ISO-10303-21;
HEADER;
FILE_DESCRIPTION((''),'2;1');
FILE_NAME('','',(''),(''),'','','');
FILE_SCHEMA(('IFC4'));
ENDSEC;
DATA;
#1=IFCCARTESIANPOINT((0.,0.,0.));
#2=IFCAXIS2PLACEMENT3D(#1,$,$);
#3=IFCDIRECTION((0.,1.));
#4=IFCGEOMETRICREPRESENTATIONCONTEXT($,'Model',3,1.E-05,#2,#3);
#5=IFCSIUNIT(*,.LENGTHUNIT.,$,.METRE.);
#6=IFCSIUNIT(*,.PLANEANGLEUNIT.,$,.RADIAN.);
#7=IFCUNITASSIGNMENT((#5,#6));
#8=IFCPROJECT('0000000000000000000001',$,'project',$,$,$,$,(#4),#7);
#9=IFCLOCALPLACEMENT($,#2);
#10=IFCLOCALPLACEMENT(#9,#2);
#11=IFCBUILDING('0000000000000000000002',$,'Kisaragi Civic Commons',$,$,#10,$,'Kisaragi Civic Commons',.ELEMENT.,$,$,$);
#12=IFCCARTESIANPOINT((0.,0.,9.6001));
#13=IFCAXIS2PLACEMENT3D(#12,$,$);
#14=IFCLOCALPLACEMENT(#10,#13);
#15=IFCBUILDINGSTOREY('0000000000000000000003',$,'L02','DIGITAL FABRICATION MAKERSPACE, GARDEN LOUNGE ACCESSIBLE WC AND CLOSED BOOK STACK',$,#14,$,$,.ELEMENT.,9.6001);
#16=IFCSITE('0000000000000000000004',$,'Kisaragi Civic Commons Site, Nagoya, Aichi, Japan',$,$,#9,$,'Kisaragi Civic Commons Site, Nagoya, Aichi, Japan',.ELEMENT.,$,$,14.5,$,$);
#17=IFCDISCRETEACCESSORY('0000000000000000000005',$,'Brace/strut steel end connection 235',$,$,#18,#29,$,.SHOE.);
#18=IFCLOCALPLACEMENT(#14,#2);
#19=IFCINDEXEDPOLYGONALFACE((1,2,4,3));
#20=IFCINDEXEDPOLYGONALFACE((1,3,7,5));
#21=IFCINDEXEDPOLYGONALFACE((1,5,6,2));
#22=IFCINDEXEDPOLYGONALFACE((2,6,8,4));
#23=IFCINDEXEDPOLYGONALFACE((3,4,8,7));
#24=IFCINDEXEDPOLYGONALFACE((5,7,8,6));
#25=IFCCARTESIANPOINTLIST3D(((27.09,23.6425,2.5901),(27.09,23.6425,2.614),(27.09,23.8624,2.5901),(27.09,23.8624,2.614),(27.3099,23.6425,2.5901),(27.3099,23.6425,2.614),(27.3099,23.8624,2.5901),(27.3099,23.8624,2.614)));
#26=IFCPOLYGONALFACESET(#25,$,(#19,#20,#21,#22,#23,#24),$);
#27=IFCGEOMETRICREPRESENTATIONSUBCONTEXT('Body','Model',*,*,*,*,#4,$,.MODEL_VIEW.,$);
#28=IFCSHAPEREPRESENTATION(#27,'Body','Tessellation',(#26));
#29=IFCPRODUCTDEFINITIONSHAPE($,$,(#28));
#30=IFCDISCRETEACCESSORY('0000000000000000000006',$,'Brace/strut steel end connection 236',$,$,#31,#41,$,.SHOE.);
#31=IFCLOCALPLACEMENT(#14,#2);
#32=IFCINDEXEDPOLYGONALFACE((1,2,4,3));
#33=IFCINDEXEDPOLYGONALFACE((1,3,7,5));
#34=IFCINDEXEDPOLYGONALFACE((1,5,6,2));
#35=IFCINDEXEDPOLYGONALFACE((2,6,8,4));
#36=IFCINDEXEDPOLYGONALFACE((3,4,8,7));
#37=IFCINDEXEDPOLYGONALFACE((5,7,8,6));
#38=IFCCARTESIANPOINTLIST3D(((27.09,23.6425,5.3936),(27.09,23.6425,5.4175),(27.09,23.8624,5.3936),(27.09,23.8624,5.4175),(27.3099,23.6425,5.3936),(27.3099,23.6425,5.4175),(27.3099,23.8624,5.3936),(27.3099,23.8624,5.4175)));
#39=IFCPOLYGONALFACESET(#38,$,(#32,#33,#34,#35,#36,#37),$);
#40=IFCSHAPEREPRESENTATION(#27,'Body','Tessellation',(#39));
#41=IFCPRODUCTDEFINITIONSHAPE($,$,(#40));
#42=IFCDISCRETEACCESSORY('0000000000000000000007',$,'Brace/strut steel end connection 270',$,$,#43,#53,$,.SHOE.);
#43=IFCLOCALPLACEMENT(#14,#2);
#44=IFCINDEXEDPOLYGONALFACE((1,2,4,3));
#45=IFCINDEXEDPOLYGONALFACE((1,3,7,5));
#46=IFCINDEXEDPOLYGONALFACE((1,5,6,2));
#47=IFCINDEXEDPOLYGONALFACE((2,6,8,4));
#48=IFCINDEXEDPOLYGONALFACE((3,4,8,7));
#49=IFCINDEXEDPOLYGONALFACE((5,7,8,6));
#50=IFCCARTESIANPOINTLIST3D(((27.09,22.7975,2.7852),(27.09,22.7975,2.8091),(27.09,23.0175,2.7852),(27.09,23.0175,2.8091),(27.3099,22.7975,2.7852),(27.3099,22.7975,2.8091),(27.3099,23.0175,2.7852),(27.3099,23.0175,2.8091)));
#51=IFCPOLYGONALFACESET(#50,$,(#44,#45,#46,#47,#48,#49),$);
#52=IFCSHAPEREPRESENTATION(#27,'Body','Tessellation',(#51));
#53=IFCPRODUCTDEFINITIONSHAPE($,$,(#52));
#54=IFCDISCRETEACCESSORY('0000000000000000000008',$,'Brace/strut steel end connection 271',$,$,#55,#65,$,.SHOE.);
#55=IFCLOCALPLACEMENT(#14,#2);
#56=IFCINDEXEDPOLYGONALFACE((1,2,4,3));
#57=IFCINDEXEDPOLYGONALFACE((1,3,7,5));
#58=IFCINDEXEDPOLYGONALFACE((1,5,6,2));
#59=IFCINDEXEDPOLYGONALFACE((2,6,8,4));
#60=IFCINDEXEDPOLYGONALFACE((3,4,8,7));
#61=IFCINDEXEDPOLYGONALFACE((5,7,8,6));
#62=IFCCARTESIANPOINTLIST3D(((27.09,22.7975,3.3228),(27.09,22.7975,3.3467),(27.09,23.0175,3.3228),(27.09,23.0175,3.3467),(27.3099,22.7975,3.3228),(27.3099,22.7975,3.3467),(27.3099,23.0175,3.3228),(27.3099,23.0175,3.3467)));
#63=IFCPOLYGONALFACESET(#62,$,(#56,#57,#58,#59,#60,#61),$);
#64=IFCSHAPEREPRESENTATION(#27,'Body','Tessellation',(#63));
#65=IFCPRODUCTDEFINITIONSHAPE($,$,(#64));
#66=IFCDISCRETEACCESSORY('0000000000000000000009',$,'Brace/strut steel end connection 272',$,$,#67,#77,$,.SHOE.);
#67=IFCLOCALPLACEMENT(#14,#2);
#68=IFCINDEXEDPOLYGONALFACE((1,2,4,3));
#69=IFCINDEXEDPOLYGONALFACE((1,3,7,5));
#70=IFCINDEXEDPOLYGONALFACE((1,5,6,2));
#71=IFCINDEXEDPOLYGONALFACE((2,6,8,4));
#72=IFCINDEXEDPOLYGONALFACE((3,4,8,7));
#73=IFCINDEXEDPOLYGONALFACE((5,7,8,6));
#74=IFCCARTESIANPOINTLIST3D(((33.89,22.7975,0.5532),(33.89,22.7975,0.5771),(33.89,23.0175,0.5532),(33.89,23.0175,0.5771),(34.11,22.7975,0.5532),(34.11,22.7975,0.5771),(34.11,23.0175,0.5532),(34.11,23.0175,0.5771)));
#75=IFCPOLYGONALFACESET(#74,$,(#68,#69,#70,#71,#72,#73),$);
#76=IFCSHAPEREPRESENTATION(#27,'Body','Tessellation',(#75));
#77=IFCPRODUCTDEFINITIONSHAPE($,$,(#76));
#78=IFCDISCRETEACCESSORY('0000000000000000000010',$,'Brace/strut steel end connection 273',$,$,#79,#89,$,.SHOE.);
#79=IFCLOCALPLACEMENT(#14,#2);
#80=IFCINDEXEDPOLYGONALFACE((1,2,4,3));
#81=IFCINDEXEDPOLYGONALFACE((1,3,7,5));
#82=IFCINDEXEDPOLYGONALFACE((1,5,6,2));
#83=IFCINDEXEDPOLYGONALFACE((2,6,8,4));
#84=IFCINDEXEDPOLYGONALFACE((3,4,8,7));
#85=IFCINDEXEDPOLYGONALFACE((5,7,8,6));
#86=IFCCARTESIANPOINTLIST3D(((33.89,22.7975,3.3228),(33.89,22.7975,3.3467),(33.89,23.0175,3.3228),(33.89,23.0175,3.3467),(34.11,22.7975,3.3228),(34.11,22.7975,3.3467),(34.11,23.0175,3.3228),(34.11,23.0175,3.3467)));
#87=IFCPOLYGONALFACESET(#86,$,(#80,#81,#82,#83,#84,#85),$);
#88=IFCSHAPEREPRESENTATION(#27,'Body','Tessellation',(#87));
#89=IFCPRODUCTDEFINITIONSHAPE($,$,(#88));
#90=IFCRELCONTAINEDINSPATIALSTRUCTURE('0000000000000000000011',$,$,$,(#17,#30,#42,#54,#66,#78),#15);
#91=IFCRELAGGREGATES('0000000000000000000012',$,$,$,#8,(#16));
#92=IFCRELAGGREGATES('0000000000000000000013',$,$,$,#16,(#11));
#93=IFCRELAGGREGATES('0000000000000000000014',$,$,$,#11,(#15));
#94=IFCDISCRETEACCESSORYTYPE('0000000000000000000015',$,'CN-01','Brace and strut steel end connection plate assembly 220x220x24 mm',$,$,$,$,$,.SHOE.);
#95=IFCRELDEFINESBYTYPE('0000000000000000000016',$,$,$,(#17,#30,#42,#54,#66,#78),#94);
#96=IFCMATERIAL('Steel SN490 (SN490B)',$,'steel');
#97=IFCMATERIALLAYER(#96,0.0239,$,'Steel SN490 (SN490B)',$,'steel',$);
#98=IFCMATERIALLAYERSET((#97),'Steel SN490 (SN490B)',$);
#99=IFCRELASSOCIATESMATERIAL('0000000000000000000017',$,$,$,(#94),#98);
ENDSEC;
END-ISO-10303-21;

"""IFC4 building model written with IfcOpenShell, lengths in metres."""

from ifc_helpers import new_model, si_unit, direction, frame, origin, origin_2d, place, context, subcontext, project, spatial, rectangle, extrude, material, layer, layer_set, type_object, element, save


model = new_model("IFC4")

# Units and contexts
model_context = context("Model", 3, precision=1e-05, world=origin(), true_north=direction((0.0, 1.0)))
body_context = subcontext(model_context, "Body", "Model", "MODEL_VIEW")
ifc_project = project(units=[si_unit("LENGTHUNIT", "METRE"), si_unit("PLANEANGLEUNIT", "RADIAN")], contexts=[model_context])

# Site, building, storey
site_placement = place(None, origin())
site = spatial("IfcSite", under=ifc_project, at=site_placement, Name="Kisaragi Civic Commons Site, Nagoya, Aichi, Japan", LongName="Kisaragi Civic Commons Site, Nagoya, Aichi, Japan", CompositionType="ELEMENT", RefElevation=14.5)
building_placement = place(site_placement, origin())
building = spatial("IfcBuilding", under=site, at=building_placement, Name="Kisaragi Civic Commons", LongName="Kisaragi Civic Commons", CompositionType="ELEMENT")
storey_placement = place(building_placement, frame((0.0, 0.0, 9.6001)))
storey = spatial("IfcBuildingStorey", under=building, at=storey_placement, Name="L02", Description="DIGITAL FABRICATION MAKERSPACE, GARDEN LOUNGE ACCESSIBLE WC AND CLOSED BOOK STACK", CompositionType="ELEMENT", Elevation=9.6001)

# Shared definitions
ifc_material_1 = material(Name="Steel SN490 (SN490B)", Category="steel")

# Discrete accessories
ifc_layer_1 = layer(ifc_material_1, 0.0239, Name="Steel SN490 (SN490B)", Category="steel")
ifc_layer_set_1 = layer_set([ifc_layer_1], Name="Steel SN490 (SN490B)")
discrete_accessory_type = type_object("IfcDiscreteAccessoryType", Name="CN-01", Description="Brace and strut steel end connection plate assembly 220x220x24 mm", PredefinedType="SHOE", material=ifc_layer_set_1)
for number, where, z_axis, x_axis, name in (
    (1, (27.2, 23.7524, 2.5901), (0.0, 0.0, 1.0), (1.0, 0.0, 0.0), "Brace/strut steel end connection 235"),
    (2, (27.2, 23.7524, 5.3936), (0.0, 0.0, 1.0), (1.0, 0.0, 0.0), "Brace/strut steel end connection 236"),
    (3, (27.2, 22.9075, 2.7852), (0.0, 0.0, 1.0), (1.0, 0.0, 0.0), "Brace/strut steel end connection 270"),
    (4, (27.2, 22.9075, 3.3228), (0.0, 0.0, 1.0), (1.0, 0.0, 0.0), "Brace/strut steel end connection 271"),
    (5, (34.0, 22.9075, 0.5532), (0.0, 0.0, 1.0), (1.0, 0.0, 0.0), "Brace/strut steel end connection 272"),
    (6, (34.0, 22.9075, 3.3228), (0.0, 0.0, 1.0), (1.0, 0.0, 0.0), "Brace/strut steel end connection 273"),
):
    element("IfcDiscreteAccessory", number, at=place(storey_placement, frame(where, z_axis=z_axis, x_axis=x_axis)), inside=storey, type_object=discrete_accessory_type, Name=name, PredefinedType="SHOE", context=body_context, shape_type="SweptSolid", body=[
        extrude(rectangle(XDim=0.22, YDim=0.22, at=origin_2d()), origin(), (0.0, 0.0, 1.0), 0.0239),
    ])

save(model, "model.ifc")
